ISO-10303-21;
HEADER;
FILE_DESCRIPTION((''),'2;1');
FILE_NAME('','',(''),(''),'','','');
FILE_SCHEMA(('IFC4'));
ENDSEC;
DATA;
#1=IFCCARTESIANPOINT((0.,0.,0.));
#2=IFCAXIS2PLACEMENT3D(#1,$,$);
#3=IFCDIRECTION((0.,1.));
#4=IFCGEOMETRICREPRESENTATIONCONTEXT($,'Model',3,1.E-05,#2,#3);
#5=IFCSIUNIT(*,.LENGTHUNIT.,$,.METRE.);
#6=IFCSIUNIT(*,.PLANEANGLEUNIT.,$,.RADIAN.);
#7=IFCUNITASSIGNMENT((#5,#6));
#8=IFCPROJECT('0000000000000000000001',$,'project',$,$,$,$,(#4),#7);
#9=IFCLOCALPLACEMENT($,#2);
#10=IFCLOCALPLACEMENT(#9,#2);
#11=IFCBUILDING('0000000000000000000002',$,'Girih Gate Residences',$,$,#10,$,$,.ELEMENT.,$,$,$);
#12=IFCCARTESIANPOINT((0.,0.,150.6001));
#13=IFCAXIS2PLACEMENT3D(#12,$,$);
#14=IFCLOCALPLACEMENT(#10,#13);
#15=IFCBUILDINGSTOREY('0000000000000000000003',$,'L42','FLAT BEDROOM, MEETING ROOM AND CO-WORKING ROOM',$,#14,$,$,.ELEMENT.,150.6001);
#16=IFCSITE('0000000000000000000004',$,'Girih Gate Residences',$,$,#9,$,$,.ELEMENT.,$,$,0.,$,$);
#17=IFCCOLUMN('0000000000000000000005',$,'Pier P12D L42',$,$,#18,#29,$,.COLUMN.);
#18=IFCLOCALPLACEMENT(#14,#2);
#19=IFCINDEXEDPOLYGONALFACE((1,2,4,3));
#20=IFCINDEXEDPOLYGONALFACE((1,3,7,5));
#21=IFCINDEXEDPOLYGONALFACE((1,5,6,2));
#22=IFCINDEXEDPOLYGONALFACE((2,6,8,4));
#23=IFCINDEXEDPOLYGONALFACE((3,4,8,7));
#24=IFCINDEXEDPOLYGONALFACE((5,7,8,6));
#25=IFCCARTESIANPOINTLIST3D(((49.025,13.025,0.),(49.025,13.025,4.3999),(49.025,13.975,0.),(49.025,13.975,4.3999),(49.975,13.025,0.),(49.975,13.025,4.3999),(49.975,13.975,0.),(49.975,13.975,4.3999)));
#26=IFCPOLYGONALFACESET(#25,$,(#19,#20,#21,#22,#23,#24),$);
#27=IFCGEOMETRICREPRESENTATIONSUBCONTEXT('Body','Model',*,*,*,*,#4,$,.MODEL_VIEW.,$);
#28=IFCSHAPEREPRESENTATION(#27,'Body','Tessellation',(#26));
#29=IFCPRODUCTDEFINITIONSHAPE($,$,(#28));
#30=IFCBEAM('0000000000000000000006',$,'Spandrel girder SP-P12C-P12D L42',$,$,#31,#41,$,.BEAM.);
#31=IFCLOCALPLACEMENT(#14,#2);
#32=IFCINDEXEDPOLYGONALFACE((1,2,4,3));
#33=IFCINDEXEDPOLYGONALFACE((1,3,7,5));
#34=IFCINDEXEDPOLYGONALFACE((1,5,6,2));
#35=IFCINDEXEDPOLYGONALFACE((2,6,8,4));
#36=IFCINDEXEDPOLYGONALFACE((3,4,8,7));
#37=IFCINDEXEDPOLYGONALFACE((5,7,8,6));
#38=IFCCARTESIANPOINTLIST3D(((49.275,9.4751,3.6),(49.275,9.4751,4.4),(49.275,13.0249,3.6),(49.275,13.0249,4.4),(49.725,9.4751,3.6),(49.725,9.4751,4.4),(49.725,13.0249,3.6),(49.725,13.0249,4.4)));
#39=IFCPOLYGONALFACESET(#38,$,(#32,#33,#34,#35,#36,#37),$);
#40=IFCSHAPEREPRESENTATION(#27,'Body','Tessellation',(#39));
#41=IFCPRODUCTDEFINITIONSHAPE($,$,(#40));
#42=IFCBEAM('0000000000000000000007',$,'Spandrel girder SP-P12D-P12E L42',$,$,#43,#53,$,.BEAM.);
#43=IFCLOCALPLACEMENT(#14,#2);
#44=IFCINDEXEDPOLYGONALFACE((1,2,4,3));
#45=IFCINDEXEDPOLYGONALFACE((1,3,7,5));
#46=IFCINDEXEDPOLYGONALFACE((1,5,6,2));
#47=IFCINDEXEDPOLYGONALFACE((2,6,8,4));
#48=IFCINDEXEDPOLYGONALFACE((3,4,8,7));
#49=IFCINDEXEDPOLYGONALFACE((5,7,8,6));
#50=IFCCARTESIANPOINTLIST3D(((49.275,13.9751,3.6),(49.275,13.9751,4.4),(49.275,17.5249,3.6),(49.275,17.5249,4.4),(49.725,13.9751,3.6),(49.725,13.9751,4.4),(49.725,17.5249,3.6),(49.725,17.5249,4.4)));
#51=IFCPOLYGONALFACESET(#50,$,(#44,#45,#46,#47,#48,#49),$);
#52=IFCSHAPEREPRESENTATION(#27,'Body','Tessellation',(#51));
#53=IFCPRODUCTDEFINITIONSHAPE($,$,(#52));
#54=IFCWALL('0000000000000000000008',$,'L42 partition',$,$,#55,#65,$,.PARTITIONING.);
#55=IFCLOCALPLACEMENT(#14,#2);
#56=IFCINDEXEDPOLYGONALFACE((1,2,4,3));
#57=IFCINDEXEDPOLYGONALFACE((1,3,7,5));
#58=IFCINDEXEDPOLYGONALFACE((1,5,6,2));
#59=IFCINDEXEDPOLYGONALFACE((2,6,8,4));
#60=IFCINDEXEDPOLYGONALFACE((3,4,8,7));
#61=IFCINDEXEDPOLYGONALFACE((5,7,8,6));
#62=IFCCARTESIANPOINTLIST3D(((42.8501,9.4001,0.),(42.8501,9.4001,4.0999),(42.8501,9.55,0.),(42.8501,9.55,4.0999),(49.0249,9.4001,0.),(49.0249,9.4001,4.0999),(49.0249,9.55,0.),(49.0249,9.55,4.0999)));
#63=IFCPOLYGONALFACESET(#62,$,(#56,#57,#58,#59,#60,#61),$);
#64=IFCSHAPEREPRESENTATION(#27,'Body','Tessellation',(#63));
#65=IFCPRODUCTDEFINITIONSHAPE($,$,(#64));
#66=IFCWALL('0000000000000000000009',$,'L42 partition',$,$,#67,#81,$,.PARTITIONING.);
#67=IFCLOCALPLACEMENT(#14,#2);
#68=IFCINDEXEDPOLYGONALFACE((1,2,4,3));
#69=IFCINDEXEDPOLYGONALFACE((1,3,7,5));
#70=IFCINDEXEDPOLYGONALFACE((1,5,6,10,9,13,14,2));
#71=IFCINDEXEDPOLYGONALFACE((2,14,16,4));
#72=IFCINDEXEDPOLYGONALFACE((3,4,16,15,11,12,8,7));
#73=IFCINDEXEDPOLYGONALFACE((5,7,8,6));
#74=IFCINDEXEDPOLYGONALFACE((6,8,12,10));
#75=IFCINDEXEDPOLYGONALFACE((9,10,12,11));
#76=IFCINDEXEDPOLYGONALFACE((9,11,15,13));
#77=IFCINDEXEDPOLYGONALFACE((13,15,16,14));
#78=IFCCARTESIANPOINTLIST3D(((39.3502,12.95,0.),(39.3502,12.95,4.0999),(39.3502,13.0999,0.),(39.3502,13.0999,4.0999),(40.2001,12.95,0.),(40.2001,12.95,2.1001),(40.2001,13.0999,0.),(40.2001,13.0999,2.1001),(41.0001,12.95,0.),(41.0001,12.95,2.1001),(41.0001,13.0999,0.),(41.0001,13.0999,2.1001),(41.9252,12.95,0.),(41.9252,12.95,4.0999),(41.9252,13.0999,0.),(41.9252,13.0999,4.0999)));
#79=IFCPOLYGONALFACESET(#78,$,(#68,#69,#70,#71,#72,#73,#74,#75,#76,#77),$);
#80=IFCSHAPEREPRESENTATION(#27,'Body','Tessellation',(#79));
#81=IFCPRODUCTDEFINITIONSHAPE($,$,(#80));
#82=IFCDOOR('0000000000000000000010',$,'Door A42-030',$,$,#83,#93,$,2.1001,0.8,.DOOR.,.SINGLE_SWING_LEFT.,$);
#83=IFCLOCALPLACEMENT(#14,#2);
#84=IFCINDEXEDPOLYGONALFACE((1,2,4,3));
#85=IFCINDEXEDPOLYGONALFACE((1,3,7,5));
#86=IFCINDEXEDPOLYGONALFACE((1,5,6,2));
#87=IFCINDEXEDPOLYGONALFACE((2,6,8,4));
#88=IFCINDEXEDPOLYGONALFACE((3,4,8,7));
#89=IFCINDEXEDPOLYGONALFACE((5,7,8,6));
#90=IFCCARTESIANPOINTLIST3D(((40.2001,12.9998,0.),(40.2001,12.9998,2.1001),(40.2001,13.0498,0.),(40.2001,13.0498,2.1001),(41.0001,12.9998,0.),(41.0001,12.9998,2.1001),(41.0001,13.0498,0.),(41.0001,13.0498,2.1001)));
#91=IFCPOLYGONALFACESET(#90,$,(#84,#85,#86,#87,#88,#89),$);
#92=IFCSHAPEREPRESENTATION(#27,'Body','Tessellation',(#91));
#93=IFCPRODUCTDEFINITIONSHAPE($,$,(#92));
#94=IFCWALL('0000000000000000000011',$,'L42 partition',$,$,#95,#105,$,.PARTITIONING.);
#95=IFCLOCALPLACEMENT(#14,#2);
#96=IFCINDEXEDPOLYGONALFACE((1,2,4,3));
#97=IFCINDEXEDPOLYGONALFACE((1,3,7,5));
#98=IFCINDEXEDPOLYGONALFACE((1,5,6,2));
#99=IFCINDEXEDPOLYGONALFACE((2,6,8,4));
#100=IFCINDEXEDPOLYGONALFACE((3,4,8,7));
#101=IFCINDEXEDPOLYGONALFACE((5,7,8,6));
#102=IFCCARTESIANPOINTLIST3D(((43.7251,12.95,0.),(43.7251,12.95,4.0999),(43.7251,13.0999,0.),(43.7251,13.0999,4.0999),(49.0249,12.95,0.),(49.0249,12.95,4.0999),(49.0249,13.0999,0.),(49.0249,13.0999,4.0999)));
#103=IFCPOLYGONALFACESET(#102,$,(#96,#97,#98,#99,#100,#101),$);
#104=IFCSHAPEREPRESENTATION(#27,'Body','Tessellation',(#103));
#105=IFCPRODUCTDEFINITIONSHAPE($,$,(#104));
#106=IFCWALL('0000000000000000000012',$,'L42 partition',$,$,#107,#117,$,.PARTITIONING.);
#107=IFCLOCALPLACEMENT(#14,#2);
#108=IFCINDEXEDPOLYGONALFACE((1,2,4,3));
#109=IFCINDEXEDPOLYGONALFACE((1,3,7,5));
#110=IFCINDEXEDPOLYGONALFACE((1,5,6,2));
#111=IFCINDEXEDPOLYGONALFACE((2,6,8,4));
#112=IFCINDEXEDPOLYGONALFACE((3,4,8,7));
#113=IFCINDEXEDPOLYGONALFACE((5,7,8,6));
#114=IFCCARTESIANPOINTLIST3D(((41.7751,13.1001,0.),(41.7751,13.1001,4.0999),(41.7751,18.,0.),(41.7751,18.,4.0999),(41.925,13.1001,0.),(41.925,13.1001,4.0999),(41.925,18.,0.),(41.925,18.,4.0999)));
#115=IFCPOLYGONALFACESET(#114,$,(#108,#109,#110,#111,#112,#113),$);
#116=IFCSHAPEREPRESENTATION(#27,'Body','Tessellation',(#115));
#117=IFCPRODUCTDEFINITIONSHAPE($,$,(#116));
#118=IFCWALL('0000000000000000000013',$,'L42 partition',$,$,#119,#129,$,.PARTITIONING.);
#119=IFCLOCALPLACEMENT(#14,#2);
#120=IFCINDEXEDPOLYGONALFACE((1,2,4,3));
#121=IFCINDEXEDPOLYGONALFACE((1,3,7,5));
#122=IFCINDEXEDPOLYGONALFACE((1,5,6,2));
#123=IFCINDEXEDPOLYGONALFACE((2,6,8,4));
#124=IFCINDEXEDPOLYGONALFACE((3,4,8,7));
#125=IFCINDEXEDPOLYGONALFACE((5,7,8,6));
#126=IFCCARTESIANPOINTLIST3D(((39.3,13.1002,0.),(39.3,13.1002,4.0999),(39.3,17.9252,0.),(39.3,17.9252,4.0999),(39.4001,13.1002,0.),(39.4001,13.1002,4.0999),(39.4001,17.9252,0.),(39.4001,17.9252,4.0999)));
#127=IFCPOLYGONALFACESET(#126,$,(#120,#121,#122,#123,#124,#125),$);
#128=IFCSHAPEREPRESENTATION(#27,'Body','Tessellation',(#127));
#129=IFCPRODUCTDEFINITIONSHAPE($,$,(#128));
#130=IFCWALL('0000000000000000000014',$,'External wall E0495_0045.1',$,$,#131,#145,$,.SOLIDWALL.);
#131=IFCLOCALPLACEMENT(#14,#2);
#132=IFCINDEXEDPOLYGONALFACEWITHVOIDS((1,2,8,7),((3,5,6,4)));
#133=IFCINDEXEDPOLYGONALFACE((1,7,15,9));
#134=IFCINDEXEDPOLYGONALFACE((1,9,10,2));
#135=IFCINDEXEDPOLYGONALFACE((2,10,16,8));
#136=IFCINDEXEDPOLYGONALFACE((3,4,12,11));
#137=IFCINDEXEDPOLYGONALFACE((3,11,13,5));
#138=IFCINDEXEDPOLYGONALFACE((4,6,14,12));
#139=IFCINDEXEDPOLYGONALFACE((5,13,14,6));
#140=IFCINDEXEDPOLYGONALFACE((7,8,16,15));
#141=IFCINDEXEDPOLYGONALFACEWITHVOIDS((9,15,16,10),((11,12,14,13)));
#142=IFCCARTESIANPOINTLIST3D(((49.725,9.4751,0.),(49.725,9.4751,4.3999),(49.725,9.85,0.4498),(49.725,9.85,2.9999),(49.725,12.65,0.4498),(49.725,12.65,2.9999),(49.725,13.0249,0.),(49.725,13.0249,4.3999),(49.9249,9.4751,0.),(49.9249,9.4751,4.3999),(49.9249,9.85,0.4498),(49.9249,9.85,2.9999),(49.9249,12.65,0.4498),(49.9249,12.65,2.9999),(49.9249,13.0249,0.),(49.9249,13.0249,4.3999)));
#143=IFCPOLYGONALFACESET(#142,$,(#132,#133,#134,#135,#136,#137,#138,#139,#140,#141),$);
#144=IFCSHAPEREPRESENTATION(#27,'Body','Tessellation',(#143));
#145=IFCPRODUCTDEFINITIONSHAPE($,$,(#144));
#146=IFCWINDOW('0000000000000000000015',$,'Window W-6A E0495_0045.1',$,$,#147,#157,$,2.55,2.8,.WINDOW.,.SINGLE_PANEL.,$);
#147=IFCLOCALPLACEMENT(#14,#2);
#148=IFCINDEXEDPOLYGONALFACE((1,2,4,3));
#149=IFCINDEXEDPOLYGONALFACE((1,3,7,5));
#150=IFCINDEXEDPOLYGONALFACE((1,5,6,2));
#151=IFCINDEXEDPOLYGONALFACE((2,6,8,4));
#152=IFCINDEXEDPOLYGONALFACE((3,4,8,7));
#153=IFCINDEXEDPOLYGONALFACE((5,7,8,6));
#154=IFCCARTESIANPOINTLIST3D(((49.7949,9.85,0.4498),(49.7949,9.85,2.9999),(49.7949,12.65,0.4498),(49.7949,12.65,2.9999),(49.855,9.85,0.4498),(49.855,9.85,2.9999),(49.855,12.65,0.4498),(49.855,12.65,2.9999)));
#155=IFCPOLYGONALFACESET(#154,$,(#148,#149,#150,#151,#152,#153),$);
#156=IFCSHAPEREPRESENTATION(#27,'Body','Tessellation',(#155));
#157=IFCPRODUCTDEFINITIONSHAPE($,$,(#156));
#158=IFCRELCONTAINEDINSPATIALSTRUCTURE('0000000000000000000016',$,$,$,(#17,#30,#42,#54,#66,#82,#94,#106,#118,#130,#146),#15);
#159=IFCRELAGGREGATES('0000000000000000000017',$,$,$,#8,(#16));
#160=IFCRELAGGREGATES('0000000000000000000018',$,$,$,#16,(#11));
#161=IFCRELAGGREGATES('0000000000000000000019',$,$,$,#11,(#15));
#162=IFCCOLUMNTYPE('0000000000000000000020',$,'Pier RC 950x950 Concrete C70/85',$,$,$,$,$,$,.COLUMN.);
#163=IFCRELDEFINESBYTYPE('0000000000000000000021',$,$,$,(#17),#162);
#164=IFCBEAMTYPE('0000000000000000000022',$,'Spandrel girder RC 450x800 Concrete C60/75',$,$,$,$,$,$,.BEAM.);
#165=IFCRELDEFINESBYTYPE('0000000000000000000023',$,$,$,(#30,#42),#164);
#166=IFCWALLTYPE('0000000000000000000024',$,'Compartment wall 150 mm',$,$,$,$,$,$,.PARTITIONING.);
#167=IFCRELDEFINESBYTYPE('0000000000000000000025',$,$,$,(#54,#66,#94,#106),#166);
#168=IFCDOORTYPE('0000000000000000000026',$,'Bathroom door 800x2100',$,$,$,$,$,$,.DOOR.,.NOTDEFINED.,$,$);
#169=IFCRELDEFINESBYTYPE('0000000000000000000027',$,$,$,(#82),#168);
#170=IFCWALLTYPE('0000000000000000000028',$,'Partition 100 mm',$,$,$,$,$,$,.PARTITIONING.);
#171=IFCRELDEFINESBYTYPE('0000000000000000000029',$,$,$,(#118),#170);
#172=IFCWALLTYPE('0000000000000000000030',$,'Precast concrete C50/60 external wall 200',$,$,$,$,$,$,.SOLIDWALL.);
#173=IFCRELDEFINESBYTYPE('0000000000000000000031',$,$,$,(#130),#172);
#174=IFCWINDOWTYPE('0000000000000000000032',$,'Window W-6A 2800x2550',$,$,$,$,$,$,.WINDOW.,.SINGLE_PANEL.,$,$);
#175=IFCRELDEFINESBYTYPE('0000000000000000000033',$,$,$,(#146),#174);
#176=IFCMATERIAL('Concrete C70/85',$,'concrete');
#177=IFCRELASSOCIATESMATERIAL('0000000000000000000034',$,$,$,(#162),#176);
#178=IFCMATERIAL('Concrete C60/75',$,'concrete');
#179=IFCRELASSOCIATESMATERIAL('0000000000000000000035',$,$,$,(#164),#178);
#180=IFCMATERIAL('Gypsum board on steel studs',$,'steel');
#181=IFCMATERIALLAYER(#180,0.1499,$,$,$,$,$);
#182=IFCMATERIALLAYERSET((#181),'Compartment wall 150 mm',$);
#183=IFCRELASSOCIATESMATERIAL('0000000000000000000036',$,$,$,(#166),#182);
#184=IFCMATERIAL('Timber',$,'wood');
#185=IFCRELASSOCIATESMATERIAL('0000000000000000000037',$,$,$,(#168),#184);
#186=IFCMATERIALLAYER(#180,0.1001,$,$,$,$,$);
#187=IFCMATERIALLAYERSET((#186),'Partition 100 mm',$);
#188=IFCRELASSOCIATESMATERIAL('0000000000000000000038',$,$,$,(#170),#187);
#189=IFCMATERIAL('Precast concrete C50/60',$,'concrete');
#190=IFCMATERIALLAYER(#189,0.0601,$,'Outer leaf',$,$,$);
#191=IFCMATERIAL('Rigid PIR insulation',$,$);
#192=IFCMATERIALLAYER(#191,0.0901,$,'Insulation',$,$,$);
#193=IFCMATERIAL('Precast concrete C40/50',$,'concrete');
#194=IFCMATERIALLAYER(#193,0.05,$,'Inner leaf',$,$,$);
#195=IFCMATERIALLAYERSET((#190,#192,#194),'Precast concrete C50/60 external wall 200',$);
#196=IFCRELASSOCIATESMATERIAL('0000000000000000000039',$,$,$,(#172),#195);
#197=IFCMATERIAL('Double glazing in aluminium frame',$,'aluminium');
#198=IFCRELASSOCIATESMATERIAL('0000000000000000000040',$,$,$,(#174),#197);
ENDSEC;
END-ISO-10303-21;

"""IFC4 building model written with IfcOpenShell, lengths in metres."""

from ifc_helpers import new_model, si_unit, direction, frame, frame_2d, origin, origin_2d, place, context, subcontext, project, spatial, rectangle, extrude, material, layer, layer_set, material_profile, profile_set, type_object, element, fill, save


model = new_model("IFC4")

# Units and contexts
model_context = context("Model", 3, precision=1e-05, world=origin(), true_north=direction((0.0, 1.0)))
body_context = subcontext(model_context, "Body", "Model", "MODEL_VIEW")
ifc_project = project(units=[si_unit("LENGTHUNIT", "METRE"), si_unit("PLANEANGLEUNIT", "RADIAN")], contexts=[model_context])

# Site, building, storey
site_placement = place(None, origin())
site = spatial("IfcSite", under=ifc_project, at=site_placement, Name="Girih Gate Residences", CompositionType="ELEMENT", RefElevation=0.0)
building_placement = place(site_placement, origin())
building = spatial("IfcBuilding", under=site, at=building_placement, Name="Girih Gate Residences", CompositionType="ELEMENT")
storey_placement = place(building_placement, frame((0.0, 0.0, 150.6001)))
storey = spatial("IfcBuildingStorey", under=building, at=storey_placement, Name="L42", Description="FLAT BEDROOM, MEETING ROOM AND CO-WORKING ROOM", CompositionType="ELEMENT", Elevation=150.6001)

# Column
ifc_material_1 = material(Name="Concrete C70/85", Category="concrete")
ifc_material_profile_1 = material_profile(ifc_material_1, rectangle(XDim=0.95, YDim=0.95, at=origin_2d()))
ifc_profile_set_1 = profile_set([ifc_material_profile_1], Name="Concrete C70/85")
column_type = type_object("IfcColumnType", Name="Pier RC 950x950 Concrete C70/85", PredefinedType="COLUMN", material=ifc_profile_set_1)
column_placement = place(storey_placement, frame((49.5, 13.5, 0.0), z_axis=(0.0, 0.0, 1.0), x_axis=(1.0, 0.0, 0.0)))
element("IfcColumn", 1, at=column_placement, inside=storey, type_object=column_type, Name="Pier P12D L42", PredefinedType="COLUMN", context=body_context, shape_type="SweptSolid", body=[
    extrude(rectangle(XDim=0.95, YDim=0.95, at=origin_2d()), origin(), (0.0, 0.0, 1.0), 4.3999),
])

# Beams
ifc_material_2 = material(Name="Concrete C60/75", Category="concrete")
ifc_material_profile_2 = material_profile(ifc_material_2, rectangle(XDim=0.45, YDim=0.8, at=origin_2d()))
ifc_profile_set_2 = profile_set([ifc_material_profile_2], Name="Concrete C60/75")
beam_type = type_object("IfcBeamType", Name="Spandrel girder RC 450x800 Concrete C60/75", PredefinedType="BEAM", material=ifc_profile_set_2)
for number, where, z_axis, x_axis, name in (
    (2, (49.5, 9.4751, 4.0), (0.0, 1.0, 0.0), (-1.0, 0.0, 0.0), "Spandrel girder SP-P12C-P12D L42"),
    (3, (49.5, 13.9751, 4.0), (0.0, 1.0, 0.0), (-1.0, 0.0, 0.0), "Spandrel girder SP-P12D-P12E L42"),
):
    element("IfcBeam", number, at=place(storey_placement, frame(where, z_axis=z_axis, x_axis=x_axis)), inside=storey, type_object=beam_type, Name=name, PredefinedType="BEAM", context=body_context, shape_type="SweptSolid", body=[
        extrude(rectangle(XDim=0.45, YDim=0.8, at=origin_2d()), origin(), (0.0, 0.0, 1.0), 3.5498),
    ])

# Wall
ifc_material_3 = material(Name="Gypsum board on steel studs", Category="steel")
ifc_layer_1 = layer(ifc_material_3, 0.1499)
ifc_layer_set_1 = layer_set([ifc_layer_1], Name="Compartment wall 150 mm")
wall_type_1 = type_object("IfcWallType", Name="Compartment wall 150 mm", PredefinedType="PARTITIONING", material=ifc_layer_set_1)
wall_1_placement = place(storey_placement, frame((42.8501, 9.4751, 0.0), z_axis=(0.0, 0.0, 1.0), x_axis=(1.0, 0.0, 0.0)))
element("IfcWall", 4, at=wall_1_placement, inside=storey, type_object=wall_type_1, Name="L42 partition", PredefinedType="PARTITIONING", context=body_context, shape_type="SweptSolid", body=[
    extrude(rectangle(XDim=6.1748, YDim=0.1499, at=frame_2d((3.0874, 0.0))), origin(), (0.0, 0.0, 1.0), 4.0999),
])

# Wall, opening, door
wall_2_placement = place(storey_placement, frame((39.3501, 13.0249, 0.0), z_axis=(0.0, 0.0, 1.0), x_axis=(1.0, 0.0, 0.0)))
wall_2 = element("IfcWall", 5, at=wall_2_placement, inside=storey, type_object=wall_type_1, Name="L42 partition", PredefinedType="PARTITIONING", context=body_context, shape_type="SweptSolid", body=[
    extrude(rectangle(XDim=2.575, YDim=0.1499, at=frame_2d((1.2876, 0.0))), origin(), (0.0, 0.0, 1.0), 4.0999),
])
opening_1_placement = place(wall_2_placement, frame((0.8501, 0.0, 0.0)))
opening_1 = element("IfcOpeningElement", 6, at=opening_1_placement, cuts=wall_2, PredefinedType="OPENING", context=body_context, shape_type="SweptSolid", body=[
    extrude(rectangle(XDim=0.8, YDim=2.1001, at=frame_2d((0.3999, 1.05))), frame((0.0, 0.085, 0.0), z_axis=(0.0, -1.0, 0.0), x_axis=(1.0, 0.0, 0.0)), (0.0, 0.0, 1.0), 0.1699),
])
ifc_material_4 = material(Name="Timber", Category="wood")
door_type_1 = type_object("IfcDoorType", Name="Bathroom door 800x2100", OperationType="NOTDEFINED", PredefinedType="DOOR", material=ifc_material_4)
door_1_placement = place(opening_1_placement, origin())
door_1 = element("IfcDoor", 7, at=door_1_placement, inside=storey, type_object=door_type_1, Name="Door A42-030", OperationType="SINGLE_SWING_LEFT", OverallHeight=2.1001, OverallWidth=0.8, PredefinedType="DOOR", context=body_context, shape_type="SweptSolid", body=[
    extrude(rectangle(XDim=0.8, YDim=2.1001, at=frame_2d((0.3999, 1.05))), frame((0.0, 0.0249, 0.0), z_axis=(0.0, -1.0, 0.0), x_axis=(1.0, 0.0, 0.0)), (0.0, 0.0, 1.0), 0.05),
])
fill(opening_1, door_1)

# Walls
wall_3_placement = place(storey_placement, frame((43.7251, 13.0249, 0.0), z_axis=(0.0, 0.0, 1.0), x_axis=(1.0, 0.0, 0.0)))
element("IfcWall", 8, at=wall_3_placement, inside=storey, type_object=wall_type_1, Name="L42 partition", PredefinedType="PARTITIONING", context=body_context, shape_type="SweptSolid", body=[
    extrude(rectangle(XDim=5.2998, YDim=0.1499, at=frame_2d((2.6499, 0.0))), origin(), (0.0, 0.0, 1.0), 4.0999),
])
wall_4_placement = place(storey_placement, frame((41.8501, 13.1001, 0.0), z_axis=(0.0, 0.0, 1.0), x_axis=(0.0, 1.0, 0.0)))
element("IfcWall", 9, at=wall_4_placement, inside=storey, type_object=wall_type_1, Name="L42 partition", PredefinedType="PARTITIONING", context=body_context, shape_type="SweptSolid", body=[
    extrude(rectangle(XDim=4.8999, YDim=0.1499, at=frame_2d((2.45, 0.0))), origin(), (0.0, 0.0, 1.0), 4.0999),
])
ifc_layer_2 = layer(ifc_material_3, 0.1001)
ifc_layer_set_2 = layer_set([ifc_layer_2], Name="Partition 100 mm")
wall_type_2 = type_object("IfcWallType", Name="Partition 100 mm", PredefinedType="PARTITIONING", material=ifc_layer_set_2)
wall_5_placement = place(storey_placement, frame((39.3501, 13.1001, 0.0), z_axis=(0.0, 0.0, 1.0), x_axis=(0.0, 1.0, 0.0)))
element("IfcWall", 10, at=wall_5_placement, inside=storey, type_object=wall_type_2, Name="L42 partition", PredefinedType="PARTITIONING", context=body_context, shape_type="SweptSolid", body=[
    extrude(rectangle(XDim=4.825, YDim=0.1001, at=frame_2d((2.4126, 0.0))), origin(), (0.0, 0.0, 1.0), 4.0999),
])

# Wall, opening, window
ifc_material_5 = material(Name="Precast concrete C50/60", Category="concrete")
ifc_layer_3 = layer(ifc_material_5, 0.0601, Name="Outer leaf")
ifc_material_6 = material(Name="Rigid PIR insulation")
ifc_layer_4 = layer(ifc_material_6, 0.0901, Name="Insulation")
ifc_material_7 = material(Name="Precast concrete C40/50", Category="concrete")
ifc_layer_5 = layer(ifc_material_7, 0.05, Name="Inner leaf")
ifc_layer_set_3 = layer_set([ifc_layer_3, ifc_layer_4, ifc_layer_5], Name="Precast concrete C50/60 external wall 200")
wall_type_3 = type_object("IfcWallType", Name="Precast concrete C50/60 external wall 200", PredefinedType="SOLIDWALL", material=ifc_layer_set_3)
wall_6_placement = place(storey_placement, frame((49.825, 13.0249, 0.0), z_axis=(0.0, 0.0, 1.0), x_axis=(0.0, -1.0, 0.0)))
wall_6 = element("IfcWall", 11, at=wall_6_placement, inside=storey, type_object=wall_type_3, Name="External wall E0495_0045.1", PredefinedType="SOLIDWALL", context=body_context, shape_type="SweptSolid", body=[
    extrude(rectangle(XDim=3.5498, YDim=0.2, at=frame_2d((1.7749, 0.0))), origin(), (0.0, 0.0, 1.0), 4.3999),
])
opening_2_placement = place(wall_6_placement, frame((0.375, 0.0, 0.45)))
opening_2 = element("IfcOpeningElement", 12, at=opening_2_placement, cuts=wall_6, PredefinedType="OPENING", context=body_context, shape_type="SweptSolid", body=[
    extrude(rectangle(XDim=2.8, YDim=2.55, at=frame_2d((1.3999, 1.2749))), frame((0.0, 0.1099, 0.0), z_axis=(0.0, -1.0, 0.0), x_axis=(1.0, 0.0, 0.0)), (0.0, 0.0, 1.0), 0.22),
])
ifc_material_8 = material(Name="Double glazing in aluminium frame", Category="aluminium")
window_type = type_object("IfcWindowType", Name="Window W-6A 2800x2550", PartitioningType="SINGLE_PANEL", PredefinedType="WINDOW", material=ifc_material_8)
window_1_placement = place(opening_2_placement, origin())
window_1 = element("IfcWindow", 13, at=window_1_placement, inside=storey, type_object=window_type, Name="Window W-6A E0495_0045.1", OverallHeight=2.55, OverallWidth=2.8, PartitioningType="SINGLE_PANEL", PredefinedType="WINDOW", context=body_context, shape_type="SweptSolid", body=[
    extrude(rectangle(XDim=2.8, YDim=2.55, at=frame_2d((1.3999, 1.2749))), frame((0.0, 0.03, 0.0), z_axis=(0.0, -1.0, 0.0), x_axis=(1.0, 0.0, 0.0)), (0.0, 0.0, 1.0), 0.0601),
])
fill(opening_2, window_1)

save(model, "model.ifc")
